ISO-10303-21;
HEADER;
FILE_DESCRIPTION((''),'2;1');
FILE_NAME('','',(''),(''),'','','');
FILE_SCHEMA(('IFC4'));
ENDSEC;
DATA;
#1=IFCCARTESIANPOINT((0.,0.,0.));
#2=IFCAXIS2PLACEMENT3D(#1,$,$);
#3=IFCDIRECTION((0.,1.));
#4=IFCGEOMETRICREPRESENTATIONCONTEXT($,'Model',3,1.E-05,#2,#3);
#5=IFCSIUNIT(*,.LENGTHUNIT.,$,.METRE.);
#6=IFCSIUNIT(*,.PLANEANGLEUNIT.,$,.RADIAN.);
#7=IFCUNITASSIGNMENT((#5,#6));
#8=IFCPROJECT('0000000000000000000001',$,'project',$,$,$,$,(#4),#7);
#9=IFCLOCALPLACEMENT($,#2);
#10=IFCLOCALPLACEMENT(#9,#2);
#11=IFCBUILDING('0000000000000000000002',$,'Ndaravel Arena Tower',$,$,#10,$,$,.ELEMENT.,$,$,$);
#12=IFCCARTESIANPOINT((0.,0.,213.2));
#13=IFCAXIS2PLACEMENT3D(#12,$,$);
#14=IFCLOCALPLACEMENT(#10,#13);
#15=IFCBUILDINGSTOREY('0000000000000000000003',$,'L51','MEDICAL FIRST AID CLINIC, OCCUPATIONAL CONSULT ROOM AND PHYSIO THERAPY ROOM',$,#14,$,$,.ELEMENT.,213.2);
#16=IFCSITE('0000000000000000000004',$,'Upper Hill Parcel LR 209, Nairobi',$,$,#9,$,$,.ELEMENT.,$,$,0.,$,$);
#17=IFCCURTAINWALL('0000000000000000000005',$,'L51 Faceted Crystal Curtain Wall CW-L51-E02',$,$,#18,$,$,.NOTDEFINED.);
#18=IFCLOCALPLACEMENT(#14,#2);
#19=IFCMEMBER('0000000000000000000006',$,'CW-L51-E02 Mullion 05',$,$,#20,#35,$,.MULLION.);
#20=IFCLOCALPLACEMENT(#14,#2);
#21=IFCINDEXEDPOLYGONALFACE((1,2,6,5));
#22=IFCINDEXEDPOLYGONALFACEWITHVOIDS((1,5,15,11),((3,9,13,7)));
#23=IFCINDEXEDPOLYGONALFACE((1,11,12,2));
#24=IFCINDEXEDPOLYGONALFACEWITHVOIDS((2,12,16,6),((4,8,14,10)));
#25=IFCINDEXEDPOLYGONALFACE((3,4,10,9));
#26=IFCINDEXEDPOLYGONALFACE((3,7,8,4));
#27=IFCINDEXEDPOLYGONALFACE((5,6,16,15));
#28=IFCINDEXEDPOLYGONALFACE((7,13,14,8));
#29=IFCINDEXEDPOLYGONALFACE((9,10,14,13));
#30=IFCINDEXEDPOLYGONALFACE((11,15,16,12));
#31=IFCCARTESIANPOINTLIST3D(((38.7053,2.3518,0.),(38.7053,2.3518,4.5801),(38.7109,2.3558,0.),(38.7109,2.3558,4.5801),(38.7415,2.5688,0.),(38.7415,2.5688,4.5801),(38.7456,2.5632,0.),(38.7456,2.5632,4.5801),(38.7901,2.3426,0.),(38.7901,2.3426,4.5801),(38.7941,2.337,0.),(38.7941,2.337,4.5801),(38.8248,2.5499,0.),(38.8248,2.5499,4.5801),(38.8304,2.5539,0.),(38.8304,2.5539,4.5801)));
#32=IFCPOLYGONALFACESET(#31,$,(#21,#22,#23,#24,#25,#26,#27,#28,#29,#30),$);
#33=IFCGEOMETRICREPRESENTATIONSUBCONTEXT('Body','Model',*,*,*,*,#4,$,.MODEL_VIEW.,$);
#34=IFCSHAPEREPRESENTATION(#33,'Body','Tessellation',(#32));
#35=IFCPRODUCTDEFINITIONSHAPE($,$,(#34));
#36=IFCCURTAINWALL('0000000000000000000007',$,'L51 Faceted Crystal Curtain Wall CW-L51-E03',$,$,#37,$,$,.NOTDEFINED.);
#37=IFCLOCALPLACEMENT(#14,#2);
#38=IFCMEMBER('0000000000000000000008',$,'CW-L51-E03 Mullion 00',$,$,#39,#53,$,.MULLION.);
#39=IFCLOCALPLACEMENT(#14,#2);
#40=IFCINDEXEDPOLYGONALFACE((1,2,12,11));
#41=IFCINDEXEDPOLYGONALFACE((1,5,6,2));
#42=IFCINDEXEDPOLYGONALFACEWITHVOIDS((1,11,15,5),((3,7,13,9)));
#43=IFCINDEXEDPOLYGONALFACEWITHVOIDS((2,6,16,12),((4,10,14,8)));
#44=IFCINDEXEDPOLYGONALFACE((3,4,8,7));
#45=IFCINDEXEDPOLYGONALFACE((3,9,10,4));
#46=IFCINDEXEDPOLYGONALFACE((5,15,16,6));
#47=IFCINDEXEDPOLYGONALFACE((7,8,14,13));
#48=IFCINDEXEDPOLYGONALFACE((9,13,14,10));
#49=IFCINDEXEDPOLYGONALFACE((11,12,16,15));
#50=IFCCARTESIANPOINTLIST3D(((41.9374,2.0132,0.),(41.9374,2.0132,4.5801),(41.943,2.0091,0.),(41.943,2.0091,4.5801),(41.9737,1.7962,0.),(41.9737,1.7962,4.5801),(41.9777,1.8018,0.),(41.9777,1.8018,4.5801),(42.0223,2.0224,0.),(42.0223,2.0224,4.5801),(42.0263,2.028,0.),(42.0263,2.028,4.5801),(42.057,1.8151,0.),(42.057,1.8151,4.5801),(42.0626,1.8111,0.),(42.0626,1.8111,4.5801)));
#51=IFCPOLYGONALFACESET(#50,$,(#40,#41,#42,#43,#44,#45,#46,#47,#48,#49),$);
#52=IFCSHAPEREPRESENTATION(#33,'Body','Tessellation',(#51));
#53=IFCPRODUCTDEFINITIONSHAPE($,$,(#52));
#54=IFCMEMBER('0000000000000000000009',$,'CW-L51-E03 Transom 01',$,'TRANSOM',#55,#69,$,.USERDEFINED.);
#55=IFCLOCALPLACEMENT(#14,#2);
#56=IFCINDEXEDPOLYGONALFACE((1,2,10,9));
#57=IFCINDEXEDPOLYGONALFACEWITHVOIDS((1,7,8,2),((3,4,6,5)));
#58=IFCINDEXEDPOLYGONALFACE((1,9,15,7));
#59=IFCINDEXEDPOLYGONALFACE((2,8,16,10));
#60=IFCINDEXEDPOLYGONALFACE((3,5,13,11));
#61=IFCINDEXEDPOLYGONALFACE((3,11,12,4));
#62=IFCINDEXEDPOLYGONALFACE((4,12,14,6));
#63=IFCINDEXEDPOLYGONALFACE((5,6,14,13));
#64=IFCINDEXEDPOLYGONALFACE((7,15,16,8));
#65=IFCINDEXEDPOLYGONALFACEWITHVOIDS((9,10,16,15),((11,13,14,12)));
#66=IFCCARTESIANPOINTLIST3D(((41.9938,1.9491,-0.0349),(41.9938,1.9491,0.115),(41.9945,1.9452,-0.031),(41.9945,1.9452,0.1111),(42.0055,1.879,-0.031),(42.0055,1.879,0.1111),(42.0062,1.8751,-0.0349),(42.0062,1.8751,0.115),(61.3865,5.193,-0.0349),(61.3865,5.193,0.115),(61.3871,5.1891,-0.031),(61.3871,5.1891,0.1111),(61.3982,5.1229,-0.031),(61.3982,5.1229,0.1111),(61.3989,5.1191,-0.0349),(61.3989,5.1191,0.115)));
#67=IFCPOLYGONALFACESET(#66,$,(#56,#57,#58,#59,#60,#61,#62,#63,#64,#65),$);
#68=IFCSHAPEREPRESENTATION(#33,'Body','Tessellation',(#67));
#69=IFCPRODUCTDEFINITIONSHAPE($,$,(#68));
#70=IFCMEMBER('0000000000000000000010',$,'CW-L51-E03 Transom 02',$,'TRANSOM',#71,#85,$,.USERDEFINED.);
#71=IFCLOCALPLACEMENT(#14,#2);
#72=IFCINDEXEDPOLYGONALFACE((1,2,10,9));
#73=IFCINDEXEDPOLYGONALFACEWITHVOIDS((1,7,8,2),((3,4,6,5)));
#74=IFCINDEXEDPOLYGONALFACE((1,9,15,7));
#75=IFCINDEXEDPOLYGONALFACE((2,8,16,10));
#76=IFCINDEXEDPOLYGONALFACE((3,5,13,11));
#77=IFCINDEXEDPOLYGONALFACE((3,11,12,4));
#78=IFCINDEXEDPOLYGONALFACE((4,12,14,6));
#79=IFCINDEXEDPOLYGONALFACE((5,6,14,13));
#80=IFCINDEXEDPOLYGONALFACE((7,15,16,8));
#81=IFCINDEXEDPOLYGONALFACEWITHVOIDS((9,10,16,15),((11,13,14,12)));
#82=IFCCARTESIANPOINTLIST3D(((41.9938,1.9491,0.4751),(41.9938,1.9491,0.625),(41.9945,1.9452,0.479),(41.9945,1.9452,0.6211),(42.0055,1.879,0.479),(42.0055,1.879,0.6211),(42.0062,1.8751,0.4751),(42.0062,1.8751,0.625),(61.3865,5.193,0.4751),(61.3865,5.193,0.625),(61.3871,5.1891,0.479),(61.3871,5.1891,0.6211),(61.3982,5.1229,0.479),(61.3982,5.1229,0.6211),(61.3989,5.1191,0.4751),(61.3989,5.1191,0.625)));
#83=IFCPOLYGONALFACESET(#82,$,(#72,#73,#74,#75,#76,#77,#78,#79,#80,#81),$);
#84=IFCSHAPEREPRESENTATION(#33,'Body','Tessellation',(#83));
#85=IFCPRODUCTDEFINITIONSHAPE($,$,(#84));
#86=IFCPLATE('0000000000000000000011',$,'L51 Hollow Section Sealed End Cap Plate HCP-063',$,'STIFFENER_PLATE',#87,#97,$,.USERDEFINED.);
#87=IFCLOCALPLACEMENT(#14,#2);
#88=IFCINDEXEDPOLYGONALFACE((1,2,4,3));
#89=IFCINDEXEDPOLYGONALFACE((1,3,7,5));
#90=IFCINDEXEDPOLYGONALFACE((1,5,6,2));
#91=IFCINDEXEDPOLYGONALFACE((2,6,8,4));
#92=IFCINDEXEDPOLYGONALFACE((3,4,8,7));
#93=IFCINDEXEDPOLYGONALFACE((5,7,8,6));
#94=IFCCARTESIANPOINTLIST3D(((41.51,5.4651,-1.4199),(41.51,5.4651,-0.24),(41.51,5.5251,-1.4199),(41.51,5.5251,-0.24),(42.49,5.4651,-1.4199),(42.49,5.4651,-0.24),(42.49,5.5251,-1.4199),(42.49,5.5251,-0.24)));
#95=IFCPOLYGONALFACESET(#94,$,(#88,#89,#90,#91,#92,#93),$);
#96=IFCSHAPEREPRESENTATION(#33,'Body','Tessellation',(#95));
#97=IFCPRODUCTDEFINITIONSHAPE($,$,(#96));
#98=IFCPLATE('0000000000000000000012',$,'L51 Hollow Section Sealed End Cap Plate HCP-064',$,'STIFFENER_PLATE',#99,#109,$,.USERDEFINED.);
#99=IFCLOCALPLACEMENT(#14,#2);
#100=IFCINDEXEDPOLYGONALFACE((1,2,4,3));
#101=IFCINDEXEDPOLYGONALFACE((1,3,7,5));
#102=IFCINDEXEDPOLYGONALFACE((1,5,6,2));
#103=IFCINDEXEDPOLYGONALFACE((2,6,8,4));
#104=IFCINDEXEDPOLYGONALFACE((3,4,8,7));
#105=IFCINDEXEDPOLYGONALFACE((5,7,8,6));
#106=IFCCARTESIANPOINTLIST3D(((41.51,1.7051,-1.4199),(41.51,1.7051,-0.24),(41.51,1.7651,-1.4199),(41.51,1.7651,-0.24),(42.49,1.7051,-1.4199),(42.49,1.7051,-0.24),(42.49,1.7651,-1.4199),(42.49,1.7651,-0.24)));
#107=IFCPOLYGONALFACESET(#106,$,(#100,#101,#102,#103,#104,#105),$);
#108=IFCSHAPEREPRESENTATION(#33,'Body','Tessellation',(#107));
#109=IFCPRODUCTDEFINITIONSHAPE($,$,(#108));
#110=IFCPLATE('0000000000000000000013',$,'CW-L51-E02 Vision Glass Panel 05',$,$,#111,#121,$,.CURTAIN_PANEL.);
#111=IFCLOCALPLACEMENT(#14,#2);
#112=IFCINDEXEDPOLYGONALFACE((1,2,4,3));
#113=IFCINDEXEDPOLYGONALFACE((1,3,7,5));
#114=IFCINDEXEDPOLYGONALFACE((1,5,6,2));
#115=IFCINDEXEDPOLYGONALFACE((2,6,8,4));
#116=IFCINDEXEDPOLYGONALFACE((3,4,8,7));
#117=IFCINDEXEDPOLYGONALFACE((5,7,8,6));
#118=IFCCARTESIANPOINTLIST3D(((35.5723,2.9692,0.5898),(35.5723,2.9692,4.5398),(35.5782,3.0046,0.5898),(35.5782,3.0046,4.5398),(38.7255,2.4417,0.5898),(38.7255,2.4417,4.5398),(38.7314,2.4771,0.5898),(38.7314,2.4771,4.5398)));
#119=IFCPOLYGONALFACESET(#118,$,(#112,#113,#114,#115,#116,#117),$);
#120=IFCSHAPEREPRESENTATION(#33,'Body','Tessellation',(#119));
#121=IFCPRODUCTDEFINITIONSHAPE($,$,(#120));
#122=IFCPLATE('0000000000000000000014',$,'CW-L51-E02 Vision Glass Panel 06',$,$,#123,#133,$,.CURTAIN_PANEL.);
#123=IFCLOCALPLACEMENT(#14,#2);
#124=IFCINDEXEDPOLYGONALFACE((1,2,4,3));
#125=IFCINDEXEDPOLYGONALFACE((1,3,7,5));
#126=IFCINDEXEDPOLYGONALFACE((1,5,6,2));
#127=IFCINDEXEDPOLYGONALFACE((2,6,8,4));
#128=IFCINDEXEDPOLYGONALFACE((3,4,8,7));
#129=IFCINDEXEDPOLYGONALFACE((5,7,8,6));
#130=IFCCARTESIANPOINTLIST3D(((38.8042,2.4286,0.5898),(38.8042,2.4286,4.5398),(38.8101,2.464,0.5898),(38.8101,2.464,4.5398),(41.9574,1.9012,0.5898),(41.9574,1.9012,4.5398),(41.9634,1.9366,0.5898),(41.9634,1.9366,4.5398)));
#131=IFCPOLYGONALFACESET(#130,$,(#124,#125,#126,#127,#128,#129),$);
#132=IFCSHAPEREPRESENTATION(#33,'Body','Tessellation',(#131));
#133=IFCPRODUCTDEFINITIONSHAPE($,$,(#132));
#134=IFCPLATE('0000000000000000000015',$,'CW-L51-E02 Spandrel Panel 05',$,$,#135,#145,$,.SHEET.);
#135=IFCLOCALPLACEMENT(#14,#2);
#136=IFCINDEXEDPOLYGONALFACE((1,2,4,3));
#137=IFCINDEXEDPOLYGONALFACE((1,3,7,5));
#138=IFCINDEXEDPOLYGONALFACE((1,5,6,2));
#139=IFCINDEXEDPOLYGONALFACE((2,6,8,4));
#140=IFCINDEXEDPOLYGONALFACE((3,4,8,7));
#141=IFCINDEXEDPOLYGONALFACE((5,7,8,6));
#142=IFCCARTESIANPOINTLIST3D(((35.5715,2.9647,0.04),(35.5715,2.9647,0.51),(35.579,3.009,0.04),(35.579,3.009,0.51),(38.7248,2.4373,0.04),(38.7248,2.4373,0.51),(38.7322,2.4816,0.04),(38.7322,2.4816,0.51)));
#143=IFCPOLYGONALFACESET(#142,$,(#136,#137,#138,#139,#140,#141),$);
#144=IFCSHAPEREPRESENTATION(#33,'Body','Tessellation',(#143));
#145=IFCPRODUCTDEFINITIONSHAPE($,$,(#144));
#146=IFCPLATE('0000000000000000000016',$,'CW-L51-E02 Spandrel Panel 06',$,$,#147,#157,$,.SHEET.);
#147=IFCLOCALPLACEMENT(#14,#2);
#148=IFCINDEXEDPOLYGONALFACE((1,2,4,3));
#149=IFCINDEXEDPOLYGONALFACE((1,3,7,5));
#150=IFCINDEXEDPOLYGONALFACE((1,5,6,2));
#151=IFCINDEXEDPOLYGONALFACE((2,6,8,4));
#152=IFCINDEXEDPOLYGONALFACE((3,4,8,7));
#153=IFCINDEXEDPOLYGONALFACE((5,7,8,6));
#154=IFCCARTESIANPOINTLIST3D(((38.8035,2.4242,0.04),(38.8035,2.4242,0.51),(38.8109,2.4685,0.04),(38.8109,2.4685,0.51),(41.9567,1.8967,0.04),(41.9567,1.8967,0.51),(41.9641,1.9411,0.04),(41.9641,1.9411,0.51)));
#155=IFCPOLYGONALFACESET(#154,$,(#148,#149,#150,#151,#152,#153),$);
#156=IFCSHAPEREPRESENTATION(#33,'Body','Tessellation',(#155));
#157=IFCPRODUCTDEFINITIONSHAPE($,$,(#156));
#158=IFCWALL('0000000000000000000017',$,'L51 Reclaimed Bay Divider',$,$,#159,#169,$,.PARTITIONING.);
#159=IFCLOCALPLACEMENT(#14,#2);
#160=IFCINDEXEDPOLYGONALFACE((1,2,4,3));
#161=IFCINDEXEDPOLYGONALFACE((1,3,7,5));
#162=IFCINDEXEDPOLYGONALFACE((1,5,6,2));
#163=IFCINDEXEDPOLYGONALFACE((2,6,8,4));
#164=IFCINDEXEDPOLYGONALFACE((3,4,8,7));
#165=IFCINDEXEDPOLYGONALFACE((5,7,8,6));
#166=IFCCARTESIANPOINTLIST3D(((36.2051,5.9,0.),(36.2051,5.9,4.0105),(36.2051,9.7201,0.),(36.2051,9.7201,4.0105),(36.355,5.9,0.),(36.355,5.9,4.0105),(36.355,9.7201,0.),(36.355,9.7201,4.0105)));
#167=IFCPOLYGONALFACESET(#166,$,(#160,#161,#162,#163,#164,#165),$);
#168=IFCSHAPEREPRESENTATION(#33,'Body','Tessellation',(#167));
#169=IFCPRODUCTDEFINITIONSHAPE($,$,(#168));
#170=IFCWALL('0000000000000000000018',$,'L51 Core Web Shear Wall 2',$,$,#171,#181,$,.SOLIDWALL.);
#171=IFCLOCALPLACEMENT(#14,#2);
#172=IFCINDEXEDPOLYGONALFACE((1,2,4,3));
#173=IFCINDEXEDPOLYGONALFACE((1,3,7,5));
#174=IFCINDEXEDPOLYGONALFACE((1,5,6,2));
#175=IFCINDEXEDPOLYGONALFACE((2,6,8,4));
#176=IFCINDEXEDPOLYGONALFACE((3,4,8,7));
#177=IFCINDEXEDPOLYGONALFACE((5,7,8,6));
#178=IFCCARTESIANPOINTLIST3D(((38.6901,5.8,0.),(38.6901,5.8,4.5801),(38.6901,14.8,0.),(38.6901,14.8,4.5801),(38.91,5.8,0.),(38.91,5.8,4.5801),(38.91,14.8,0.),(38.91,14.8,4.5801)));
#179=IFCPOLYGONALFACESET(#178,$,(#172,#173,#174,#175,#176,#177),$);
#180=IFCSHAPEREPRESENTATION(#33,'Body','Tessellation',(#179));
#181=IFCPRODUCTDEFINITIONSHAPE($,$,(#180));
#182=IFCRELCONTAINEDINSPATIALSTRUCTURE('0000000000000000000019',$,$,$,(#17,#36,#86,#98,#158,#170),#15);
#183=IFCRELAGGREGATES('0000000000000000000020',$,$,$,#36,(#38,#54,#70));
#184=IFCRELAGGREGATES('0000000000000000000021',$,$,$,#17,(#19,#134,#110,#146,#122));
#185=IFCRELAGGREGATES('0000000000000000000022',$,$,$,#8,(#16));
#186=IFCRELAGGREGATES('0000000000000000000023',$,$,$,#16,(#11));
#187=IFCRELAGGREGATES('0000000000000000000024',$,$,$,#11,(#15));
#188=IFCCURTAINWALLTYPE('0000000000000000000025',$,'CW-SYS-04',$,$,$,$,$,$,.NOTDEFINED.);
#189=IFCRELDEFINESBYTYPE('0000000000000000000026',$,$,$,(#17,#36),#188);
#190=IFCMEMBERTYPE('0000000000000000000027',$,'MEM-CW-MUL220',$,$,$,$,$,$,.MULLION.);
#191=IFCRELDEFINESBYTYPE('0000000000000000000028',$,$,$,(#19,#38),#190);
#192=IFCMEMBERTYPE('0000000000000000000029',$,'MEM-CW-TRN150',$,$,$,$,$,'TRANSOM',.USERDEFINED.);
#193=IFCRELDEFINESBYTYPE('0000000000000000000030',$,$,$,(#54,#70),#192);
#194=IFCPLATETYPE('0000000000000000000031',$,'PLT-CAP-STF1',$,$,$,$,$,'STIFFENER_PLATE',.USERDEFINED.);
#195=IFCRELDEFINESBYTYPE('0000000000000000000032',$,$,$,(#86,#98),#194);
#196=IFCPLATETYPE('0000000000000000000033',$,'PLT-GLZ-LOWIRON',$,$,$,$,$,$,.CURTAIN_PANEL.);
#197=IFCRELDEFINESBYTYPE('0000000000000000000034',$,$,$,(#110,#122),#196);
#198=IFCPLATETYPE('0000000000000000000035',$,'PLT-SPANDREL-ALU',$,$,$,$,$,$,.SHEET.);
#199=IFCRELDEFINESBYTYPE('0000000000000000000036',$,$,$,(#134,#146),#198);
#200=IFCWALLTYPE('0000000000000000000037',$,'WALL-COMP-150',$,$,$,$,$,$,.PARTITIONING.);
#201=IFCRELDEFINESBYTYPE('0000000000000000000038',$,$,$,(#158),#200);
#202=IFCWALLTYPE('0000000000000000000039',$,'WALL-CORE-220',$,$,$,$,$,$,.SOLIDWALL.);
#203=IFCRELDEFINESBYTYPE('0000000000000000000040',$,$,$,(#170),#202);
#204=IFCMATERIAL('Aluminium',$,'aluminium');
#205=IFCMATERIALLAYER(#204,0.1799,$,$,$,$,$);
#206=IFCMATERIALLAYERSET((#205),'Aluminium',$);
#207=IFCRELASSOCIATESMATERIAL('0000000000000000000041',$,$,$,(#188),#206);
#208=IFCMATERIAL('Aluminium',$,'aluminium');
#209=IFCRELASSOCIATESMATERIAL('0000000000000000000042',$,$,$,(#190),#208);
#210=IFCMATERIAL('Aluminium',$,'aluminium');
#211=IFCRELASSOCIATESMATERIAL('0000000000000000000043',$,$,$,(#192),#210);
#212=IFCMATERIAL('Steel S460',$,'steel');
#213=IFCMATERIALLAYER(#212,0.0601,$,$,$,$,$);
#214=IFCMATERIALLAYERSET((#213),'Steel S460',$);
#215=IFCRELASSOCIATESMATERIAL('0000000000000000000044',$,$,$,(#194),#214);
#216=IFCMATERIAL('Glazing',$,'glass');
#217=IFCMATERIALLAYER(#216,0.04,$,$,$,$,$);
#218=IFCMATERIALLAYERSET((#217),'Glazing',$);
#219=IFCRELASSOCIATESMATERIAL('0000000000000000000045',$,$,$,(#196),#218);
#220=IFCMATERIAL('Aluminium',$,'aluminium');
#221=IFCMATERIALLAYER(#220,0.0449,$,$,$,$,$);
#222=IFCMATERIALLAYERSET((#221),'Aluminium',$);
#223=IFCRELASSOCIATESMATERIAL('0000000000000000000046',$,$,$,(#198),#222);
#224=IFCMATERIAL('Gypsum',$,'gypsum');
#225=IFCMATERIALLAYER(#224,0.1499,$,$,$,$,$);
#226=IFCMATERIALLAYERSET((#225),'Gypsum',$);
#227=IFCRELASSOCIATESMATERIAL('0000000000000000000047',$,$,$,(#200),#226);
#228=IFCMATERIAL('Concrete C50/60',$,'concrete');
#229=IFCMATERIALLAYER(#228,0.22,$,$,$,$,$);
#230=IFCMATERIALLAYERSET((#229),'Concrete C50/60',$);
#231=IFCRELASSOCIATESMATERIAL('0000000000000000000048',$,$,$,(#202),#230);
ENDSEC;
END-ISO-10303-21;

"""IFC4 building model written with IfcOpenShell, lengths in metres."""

from ifc_helpers import new_model, si_unit, direction, frame, frame_2d, origin, origin_2d, place, context, subcontext, project, spatial, rectangle, hollow_rectangle, extrude, material, layer, layer_set, material_profile, profile_set, type_object, element, aggregate, save


model = new_model("IFC4")

# Units and contexts
model_context = context("Model", 3, precision=1e-05, world=origin(), true_north=direction((0.0, 1.0)))
body_context = subcontext(model_context, "Body", "Model", "MODEL_VIEW")
ifc_project = project(units=[si_unit("LENGTHUNIT", "METRE"), si_unit("PLANEANGLEUNIT", "RADIAN")], contexts=[model_context])

# Site, building, storey
site_placement = place(None, origin())
site = spatial("IfcSite", under=ifc_project, at=site_placement, Name="Upper Hill Parcel LR 209, Nairobi", CompositionType="ELEMENT", RefElevation=0.0)
building_placement = place(site_placement, origin())
building = spatial("IfcBuilding", under=site, at=building_placement, Name="Ndaravel Arena Tower", CompositionType="ELEMENT")
storey_placement = place(building_placement, frame((0.0, 0.0, 213.2)))
storey = spatial("IfcBuildingStorey", under=building, at=storey_placement, Name="L51", Description="MEDICAL FIRST AID CLINIC, OCCUPATIONAL CONSULT ROOM AND PHYSIO THERAPY ROOM", CompositionType="ELEMENT", Elevation=213.2)

# Curtain walls, members
ifc_material_1 = material(Name="Aluminium", Category="aluminium")
ifc_layer_1 = layer(ifc_material_1, 0.1799)
ifc_layer_set_1 = layer_set([ifc_layer_1], Name="Aluminium")
curtain_wall_type = type_object("IfcCurtainWallType", Name="CW-SYS-04", PredefinedType="NOTDEFINED", material=ifc_layer_set_1)
curtain_wall_1_placement = place(storey_placement, origin())
curtain_wall_1 = element("IfcCurtainWall", 1, at=curtain_wall_1_placement, inside=storey, type_object=curtain_wall_type, Name="L51 Faceted Crystal Curtain Wall CW-L51-E02", PredefinedType="NOTDEFINED")
ifc_material_2 = material(Name="Aluminium", Category="aluminium")
ifc_material_profile_1 = material_profile(ifc_material_2, hollow_rectangle(XDim=0.0901, YDim=0.22, WallThickness=0.0049, at=origin_2d()), Name="CW MULLION 90x220x5")
ifc_profile_set_1 = profile_set([ifc_material_profile_1], Name="Aluminium")
member_type_1 = type_object("IfcMemberType", Name="MEM-CW-MUL220", PredefinedType="MULLION", material=ifc_profile_set_1)
member_1_placement = place(storey_placement, frame((38.7678, 2.4529, 0.0), z_axis=(0.0, 0.0, 1.0), x_axis=(0.986297, -0.164979, 0.0)))
member_1 = element("IfcMember", 2, at=member_1_placement, type_object=member_type_1, Name="CW-L51-E02 Mullion 05", PredefinedType="MULLION", context=body_context, shape_type="SweptSolid", body=[
    extrude(hollow_rectangle(XDim=0.0901, YDim=0.22, WallThickness=0.0049, at=origin_2d()), origin(), (0.0, 0.0, 1.0), 4.5801),
])
curtain_wall_2_placement = place(storey_placement, origin())
curtain_wall_2 = element("IfcCurtainWall", 3, at=curtain_wall_2_placement, inside=storey, type_object=curtain_wall_type, Name="L51 Faceted Crystal Curtain Wall CW-L51-E03", PredefinedType="NOTDEFINED")
member_2_placement = place(storey_placement, frame((42.0, 1.9121, 0.0), z_axis=(0.0, 0.0, 1.0), x_axis=(0.986297, 0.164979, 0.0)))
member_2 = element("IfcMember", 4, at=member_2_placement, type_object=member_type_1, Name="CW-L51-E03 Mullion 00", PredefinedType="MULLION", context=body_context, shape_type="SweptSolid", body=[
    extrude(hollow_rectangle(XDim=0.0901, YDim=0.22, WallThickness=0.0049, at=origin_2d()), origin(), (0.0, 0.0, 1.0), 4.5801),
])
ifc_material_3 = material(Name="Aluminium", Category="aluminium")
ifc_material_profile_2 = material_profile(ifc_material_3, hollow_rectangle(XDim=0.075, YDim=0.1499, WallThickness=0.0039, at=origin_2d()), Name="CW TRANSOM 75x150x4")
ifc_profile_set_2 = profile_set([ifc_material_profile_2], Name="Aluminium")
member_type_2 = type_object("IfcMemberType", Name="MEM-CW-TRN150", ElementType="TRANSOM", PredefinedType="USERDEFINED", material=ifc_profile_set_2)
member_3_placement = place(storey_placement, frame((42.0, 1.9121, 0.04), z_axis=(0.986296, 0.164983, 0.0), x_axis=(-0.164983, 0.986296, 0.0)))
member_3 = element("IfcMember", 5, at=member_3_placement, type_object=member_type_2, Name="CW-L51-E03 Transom 01", ObjectType="TRANSOM", PredefinedType="USERDEFINED", context=body_context, shape_type="SweptSolid", body=[
    extrude(hollow_rectangle(XDim=0.075, YDim=0.1499, WallThickness=0.0039, at=origin_2d()), origin(), (0.0, 0.0, 1.0), 19.6621),
])
member_4_placement = place(storey_placement, frame((42.0, 1.9121, 0.55), z_axis=(0.986296, 0.164983, 0.0), x_axis=(-0.164983, 0.986296, 0.0)))
member_4 = element("IfcMember", 6, at=member_4_placement, type_object=member_type_2, Name="CW-L51-E03 Transom 02", ObjectType="TRANSOM", PredefinedType="USERDEFINED", context=body_context, shape_type="SweptSolid", body=[
    extrude(hollow_rectangle(XDim=0.075, YDim=0.1499, WallThickness=0.0039, at=origin_2d()), origin(), (0.0, 0.0, 1.0), 19.6621),
])
aggregate(curtain_wall_2, [member_2, member_3, member_4])

# Plates
ifc_material_4 = material(Name="Steel S460", Category="steel")
ifc_layer_2 = layer(ifc_material_4, 0.0601)
ifc_layer_set_2 = layer_set([ifc_layer_2], Name="Steel S460")
plate_type_1 = type_object("IfcPlateType", Name="PLT-CAP-STF1", ElementType="STIFFENER_PLATE", PredefinedType="USERDEFINED", material=ifc_layer_set_2)
for number, where, z_axis, x_axis, name in (
    (7, (42.0, 5.4951, -1.4199), (0.0, 0.0, 1.0), (0.0, -1.0, 0.0), "L51 Hollow Section Sealed End Cap Plate HCP-063"),
    (8, (42.0, 1.7351, -1.4199), (0.0, 0.0, 1.0), (0.0, -1.0, 0.0), "L51 Hollow Section Sealed End Cap Plate HCP-064"),
):
    element("IfcPlate", number, at=place(storey_placement, frame(where, z_axis=z_axis, x_axis=x_axis)), inside=storey, type_object=plate_type_1, Name=name, ObjectType="STIFFENER_PLATE", PredefinedType="USERDEFINED", context=body_context, shape_type="SweptSolid", body=[
        extrude(rectangle(XDim=0.0601, YDim=0.98, at=origin_2d()), origin(), (0.0, 0.0, 1.0), 1.1799),
    ])

# Plates
ifc_material_5 = material(Name="Glazing", Category="glass")
ifc_layer_3 = layer(ifc_material_5, 0.04)
ifc_layer_set_3 = layer_set([ifc_layer_3], Name="Glazing")
plate_type_2 = type_object("IfcPlateType", Name="PLT-GLZ-LOWIRON", PredefinedType="CURTAIN_PANEL", material=ifc_layer_set_3)
plate_1_placement = place(storey_placement, frame((37.1519, 2.7231, 0.5898), z_axis=(0.0, 0.0, 1.0), x_axis=(0.986297, -0.164979, 0.0)))
plate_1 = element("IfcPlate", 9, at=plate_1_placement, type_object=plate_type_2, Name="CW-L51-E02 Vision Glass Panel 05", PredefinedType="CURTAIN_PANEL", context=body_context, shape_type="SweptSolid", body=[
    extrude(rectangle(XDim=3.197, YDim=0.0359, at=origin_2d()), origin(), (0.0, 0.0, 1.0), 3.95),
])
plate_2_placement = place(storey_placement, frame((40.3838, 2.1826, 0.5898), z_axis=(0.0, 0.0, 1.0), x_axis=(0.986297, -0.164979, 0.0)))
plate_2 = element("IfcPlate", 10, at=plate_2_placement, type_object=plate_type_2, Name="CW-L51-E02 Vision Glass Panel 06", PredefinedType="CURTAIN_PANEL", context=body_context, shape_type="SweptSolid", body=[
    extrude(rectangle(XDim=3.197, YDim=0.0359, at=origin_2d()), origin(), (0.0, 0.0, 1.0), 3.95),
])
ifc_material_6 = material(Name="Aluminium", Category="aluminium")
ifc_layer_4 = layer(ifc_material_6, 0.0449)
ifc_layer_set_4 = layer_set([ifc_layer_4], Name="Aluminium")
plate_type_3 = type_object("IfcPlateType", Name="PLT-SPANDREL-ALU", PredefinedType="SHEET", material=ifc_layer_set_4)
plate_3_placement = place(storey_placement, frame((37.1519, 2.7231, 0.04), z_axis=(0.0, 0.0, 1.0), x_axis=(0.986297, -0.164979, 0.0)))
plate_3 = element("IfcPlate", 11, at=plate_3_placement, type_object=plate_type_3, Name="CW-L51-E02 Spandrel Panel 05", PredefinedType="SHEET", context=body_context, shape_type="SweptSolid", body=[
    extrude(rectangle(XDim=3.197, YDim=0.0449, at=origin_2d()), origin(), (0.0, 0.0, 1.0), 0.47),
])
plate_4_placement = place(storey_placement, frame((40.3838, 2.1826, 0.04), z_axis=(0.0, 0.0, 1.0), x_axis=(0.986297, -0.164979, 0.0)))
plate_4 = element("IfcPlate", 12, at=plate_4_placement, type_object=plate_type_3, Name="CW-L51-E02 Spandrel Panel 06", PredefinedType="SHEET", context=body_context, shape_type="SweptSolid", body=[
    extrude(rectangle(XDim=3.197, YDim=0.0449, at=origin_2d()), origin(), (0.0, 0.0, 1.0), 0.47),
])
aggregate(curtain_wall_1, [member_1, plate_3, plate_1, plate_4, plate_2])

# Walls
ifc_material_7 = material(Name="Gypsum", Category="gypsum")
ifc_layer_5 = layer(ifc_material_7, 0.1499)
ifc_layer_set_5 = layer_set([ifc_layer_5], Name="Gypsum")
wall_type_1 = type_object("IfcWallType", Name="WALL-COMP-150", PredefinedType="PARTITIONING", material=ifc_layer_set_5)
wall_1_placement = place(storey_placement, frame((36.28, 5.8999, 0.0), z_axis=(0.0, 0.0, 1.0), x_axis=(0.0, 1.0, 0.0)))
element("IfcWall", 13, at=wall_1_placement, inside=storey, type_object=wall_type_1, Name="L51 Reclaimed Bay Divider", PredefinedType="PARTITIONING", context=body_context, shape_type="SweptSolid", body=[
    extrude(rectangle(XDim=3.8201, YDim=0.1499, at=frame_2d((1.9102, 0.0))), origin(), (0.0, 0.0, 1.0), 4.0105),
])
ifc_material_8 = material(Name="Concrete C50/60", Category="concrete")
ifc_layer_6 = layer(ifc_material_8, 0.22)
ifc_layer_set_6 = layer_set([ifc_layer_6], Name="Concrete C50/60")
wall_type_2 = type_object("IfcWallType", Name="WALL-CORE-220", PredefinedType="SOLIDWALL", material=ifc_layer_set_6)
wall_2_placement = place(storey_placement, frame((38.8, 5.8, 0.0), z_axis=(0.0, 0.0, 1.0), x_axis=(0.0, 1.0, 0.0)))
element("IfcWall", 14, at=wall_2_placement, inside=storey, type_object=wall_type_2, Name="L51 Core Web Shear Wall 2", PredefinedType="SOLIDWALL", context=body_context, shape_type="SweptSolid", body=[
    extrude(rectangle(XDim=9.0, YDim=0.22, at=frame_2d((4.5, 0.0))), origin(), (0.0, 0.0, 1.0), 4.5801),
])

save(model, "model.ifc")
